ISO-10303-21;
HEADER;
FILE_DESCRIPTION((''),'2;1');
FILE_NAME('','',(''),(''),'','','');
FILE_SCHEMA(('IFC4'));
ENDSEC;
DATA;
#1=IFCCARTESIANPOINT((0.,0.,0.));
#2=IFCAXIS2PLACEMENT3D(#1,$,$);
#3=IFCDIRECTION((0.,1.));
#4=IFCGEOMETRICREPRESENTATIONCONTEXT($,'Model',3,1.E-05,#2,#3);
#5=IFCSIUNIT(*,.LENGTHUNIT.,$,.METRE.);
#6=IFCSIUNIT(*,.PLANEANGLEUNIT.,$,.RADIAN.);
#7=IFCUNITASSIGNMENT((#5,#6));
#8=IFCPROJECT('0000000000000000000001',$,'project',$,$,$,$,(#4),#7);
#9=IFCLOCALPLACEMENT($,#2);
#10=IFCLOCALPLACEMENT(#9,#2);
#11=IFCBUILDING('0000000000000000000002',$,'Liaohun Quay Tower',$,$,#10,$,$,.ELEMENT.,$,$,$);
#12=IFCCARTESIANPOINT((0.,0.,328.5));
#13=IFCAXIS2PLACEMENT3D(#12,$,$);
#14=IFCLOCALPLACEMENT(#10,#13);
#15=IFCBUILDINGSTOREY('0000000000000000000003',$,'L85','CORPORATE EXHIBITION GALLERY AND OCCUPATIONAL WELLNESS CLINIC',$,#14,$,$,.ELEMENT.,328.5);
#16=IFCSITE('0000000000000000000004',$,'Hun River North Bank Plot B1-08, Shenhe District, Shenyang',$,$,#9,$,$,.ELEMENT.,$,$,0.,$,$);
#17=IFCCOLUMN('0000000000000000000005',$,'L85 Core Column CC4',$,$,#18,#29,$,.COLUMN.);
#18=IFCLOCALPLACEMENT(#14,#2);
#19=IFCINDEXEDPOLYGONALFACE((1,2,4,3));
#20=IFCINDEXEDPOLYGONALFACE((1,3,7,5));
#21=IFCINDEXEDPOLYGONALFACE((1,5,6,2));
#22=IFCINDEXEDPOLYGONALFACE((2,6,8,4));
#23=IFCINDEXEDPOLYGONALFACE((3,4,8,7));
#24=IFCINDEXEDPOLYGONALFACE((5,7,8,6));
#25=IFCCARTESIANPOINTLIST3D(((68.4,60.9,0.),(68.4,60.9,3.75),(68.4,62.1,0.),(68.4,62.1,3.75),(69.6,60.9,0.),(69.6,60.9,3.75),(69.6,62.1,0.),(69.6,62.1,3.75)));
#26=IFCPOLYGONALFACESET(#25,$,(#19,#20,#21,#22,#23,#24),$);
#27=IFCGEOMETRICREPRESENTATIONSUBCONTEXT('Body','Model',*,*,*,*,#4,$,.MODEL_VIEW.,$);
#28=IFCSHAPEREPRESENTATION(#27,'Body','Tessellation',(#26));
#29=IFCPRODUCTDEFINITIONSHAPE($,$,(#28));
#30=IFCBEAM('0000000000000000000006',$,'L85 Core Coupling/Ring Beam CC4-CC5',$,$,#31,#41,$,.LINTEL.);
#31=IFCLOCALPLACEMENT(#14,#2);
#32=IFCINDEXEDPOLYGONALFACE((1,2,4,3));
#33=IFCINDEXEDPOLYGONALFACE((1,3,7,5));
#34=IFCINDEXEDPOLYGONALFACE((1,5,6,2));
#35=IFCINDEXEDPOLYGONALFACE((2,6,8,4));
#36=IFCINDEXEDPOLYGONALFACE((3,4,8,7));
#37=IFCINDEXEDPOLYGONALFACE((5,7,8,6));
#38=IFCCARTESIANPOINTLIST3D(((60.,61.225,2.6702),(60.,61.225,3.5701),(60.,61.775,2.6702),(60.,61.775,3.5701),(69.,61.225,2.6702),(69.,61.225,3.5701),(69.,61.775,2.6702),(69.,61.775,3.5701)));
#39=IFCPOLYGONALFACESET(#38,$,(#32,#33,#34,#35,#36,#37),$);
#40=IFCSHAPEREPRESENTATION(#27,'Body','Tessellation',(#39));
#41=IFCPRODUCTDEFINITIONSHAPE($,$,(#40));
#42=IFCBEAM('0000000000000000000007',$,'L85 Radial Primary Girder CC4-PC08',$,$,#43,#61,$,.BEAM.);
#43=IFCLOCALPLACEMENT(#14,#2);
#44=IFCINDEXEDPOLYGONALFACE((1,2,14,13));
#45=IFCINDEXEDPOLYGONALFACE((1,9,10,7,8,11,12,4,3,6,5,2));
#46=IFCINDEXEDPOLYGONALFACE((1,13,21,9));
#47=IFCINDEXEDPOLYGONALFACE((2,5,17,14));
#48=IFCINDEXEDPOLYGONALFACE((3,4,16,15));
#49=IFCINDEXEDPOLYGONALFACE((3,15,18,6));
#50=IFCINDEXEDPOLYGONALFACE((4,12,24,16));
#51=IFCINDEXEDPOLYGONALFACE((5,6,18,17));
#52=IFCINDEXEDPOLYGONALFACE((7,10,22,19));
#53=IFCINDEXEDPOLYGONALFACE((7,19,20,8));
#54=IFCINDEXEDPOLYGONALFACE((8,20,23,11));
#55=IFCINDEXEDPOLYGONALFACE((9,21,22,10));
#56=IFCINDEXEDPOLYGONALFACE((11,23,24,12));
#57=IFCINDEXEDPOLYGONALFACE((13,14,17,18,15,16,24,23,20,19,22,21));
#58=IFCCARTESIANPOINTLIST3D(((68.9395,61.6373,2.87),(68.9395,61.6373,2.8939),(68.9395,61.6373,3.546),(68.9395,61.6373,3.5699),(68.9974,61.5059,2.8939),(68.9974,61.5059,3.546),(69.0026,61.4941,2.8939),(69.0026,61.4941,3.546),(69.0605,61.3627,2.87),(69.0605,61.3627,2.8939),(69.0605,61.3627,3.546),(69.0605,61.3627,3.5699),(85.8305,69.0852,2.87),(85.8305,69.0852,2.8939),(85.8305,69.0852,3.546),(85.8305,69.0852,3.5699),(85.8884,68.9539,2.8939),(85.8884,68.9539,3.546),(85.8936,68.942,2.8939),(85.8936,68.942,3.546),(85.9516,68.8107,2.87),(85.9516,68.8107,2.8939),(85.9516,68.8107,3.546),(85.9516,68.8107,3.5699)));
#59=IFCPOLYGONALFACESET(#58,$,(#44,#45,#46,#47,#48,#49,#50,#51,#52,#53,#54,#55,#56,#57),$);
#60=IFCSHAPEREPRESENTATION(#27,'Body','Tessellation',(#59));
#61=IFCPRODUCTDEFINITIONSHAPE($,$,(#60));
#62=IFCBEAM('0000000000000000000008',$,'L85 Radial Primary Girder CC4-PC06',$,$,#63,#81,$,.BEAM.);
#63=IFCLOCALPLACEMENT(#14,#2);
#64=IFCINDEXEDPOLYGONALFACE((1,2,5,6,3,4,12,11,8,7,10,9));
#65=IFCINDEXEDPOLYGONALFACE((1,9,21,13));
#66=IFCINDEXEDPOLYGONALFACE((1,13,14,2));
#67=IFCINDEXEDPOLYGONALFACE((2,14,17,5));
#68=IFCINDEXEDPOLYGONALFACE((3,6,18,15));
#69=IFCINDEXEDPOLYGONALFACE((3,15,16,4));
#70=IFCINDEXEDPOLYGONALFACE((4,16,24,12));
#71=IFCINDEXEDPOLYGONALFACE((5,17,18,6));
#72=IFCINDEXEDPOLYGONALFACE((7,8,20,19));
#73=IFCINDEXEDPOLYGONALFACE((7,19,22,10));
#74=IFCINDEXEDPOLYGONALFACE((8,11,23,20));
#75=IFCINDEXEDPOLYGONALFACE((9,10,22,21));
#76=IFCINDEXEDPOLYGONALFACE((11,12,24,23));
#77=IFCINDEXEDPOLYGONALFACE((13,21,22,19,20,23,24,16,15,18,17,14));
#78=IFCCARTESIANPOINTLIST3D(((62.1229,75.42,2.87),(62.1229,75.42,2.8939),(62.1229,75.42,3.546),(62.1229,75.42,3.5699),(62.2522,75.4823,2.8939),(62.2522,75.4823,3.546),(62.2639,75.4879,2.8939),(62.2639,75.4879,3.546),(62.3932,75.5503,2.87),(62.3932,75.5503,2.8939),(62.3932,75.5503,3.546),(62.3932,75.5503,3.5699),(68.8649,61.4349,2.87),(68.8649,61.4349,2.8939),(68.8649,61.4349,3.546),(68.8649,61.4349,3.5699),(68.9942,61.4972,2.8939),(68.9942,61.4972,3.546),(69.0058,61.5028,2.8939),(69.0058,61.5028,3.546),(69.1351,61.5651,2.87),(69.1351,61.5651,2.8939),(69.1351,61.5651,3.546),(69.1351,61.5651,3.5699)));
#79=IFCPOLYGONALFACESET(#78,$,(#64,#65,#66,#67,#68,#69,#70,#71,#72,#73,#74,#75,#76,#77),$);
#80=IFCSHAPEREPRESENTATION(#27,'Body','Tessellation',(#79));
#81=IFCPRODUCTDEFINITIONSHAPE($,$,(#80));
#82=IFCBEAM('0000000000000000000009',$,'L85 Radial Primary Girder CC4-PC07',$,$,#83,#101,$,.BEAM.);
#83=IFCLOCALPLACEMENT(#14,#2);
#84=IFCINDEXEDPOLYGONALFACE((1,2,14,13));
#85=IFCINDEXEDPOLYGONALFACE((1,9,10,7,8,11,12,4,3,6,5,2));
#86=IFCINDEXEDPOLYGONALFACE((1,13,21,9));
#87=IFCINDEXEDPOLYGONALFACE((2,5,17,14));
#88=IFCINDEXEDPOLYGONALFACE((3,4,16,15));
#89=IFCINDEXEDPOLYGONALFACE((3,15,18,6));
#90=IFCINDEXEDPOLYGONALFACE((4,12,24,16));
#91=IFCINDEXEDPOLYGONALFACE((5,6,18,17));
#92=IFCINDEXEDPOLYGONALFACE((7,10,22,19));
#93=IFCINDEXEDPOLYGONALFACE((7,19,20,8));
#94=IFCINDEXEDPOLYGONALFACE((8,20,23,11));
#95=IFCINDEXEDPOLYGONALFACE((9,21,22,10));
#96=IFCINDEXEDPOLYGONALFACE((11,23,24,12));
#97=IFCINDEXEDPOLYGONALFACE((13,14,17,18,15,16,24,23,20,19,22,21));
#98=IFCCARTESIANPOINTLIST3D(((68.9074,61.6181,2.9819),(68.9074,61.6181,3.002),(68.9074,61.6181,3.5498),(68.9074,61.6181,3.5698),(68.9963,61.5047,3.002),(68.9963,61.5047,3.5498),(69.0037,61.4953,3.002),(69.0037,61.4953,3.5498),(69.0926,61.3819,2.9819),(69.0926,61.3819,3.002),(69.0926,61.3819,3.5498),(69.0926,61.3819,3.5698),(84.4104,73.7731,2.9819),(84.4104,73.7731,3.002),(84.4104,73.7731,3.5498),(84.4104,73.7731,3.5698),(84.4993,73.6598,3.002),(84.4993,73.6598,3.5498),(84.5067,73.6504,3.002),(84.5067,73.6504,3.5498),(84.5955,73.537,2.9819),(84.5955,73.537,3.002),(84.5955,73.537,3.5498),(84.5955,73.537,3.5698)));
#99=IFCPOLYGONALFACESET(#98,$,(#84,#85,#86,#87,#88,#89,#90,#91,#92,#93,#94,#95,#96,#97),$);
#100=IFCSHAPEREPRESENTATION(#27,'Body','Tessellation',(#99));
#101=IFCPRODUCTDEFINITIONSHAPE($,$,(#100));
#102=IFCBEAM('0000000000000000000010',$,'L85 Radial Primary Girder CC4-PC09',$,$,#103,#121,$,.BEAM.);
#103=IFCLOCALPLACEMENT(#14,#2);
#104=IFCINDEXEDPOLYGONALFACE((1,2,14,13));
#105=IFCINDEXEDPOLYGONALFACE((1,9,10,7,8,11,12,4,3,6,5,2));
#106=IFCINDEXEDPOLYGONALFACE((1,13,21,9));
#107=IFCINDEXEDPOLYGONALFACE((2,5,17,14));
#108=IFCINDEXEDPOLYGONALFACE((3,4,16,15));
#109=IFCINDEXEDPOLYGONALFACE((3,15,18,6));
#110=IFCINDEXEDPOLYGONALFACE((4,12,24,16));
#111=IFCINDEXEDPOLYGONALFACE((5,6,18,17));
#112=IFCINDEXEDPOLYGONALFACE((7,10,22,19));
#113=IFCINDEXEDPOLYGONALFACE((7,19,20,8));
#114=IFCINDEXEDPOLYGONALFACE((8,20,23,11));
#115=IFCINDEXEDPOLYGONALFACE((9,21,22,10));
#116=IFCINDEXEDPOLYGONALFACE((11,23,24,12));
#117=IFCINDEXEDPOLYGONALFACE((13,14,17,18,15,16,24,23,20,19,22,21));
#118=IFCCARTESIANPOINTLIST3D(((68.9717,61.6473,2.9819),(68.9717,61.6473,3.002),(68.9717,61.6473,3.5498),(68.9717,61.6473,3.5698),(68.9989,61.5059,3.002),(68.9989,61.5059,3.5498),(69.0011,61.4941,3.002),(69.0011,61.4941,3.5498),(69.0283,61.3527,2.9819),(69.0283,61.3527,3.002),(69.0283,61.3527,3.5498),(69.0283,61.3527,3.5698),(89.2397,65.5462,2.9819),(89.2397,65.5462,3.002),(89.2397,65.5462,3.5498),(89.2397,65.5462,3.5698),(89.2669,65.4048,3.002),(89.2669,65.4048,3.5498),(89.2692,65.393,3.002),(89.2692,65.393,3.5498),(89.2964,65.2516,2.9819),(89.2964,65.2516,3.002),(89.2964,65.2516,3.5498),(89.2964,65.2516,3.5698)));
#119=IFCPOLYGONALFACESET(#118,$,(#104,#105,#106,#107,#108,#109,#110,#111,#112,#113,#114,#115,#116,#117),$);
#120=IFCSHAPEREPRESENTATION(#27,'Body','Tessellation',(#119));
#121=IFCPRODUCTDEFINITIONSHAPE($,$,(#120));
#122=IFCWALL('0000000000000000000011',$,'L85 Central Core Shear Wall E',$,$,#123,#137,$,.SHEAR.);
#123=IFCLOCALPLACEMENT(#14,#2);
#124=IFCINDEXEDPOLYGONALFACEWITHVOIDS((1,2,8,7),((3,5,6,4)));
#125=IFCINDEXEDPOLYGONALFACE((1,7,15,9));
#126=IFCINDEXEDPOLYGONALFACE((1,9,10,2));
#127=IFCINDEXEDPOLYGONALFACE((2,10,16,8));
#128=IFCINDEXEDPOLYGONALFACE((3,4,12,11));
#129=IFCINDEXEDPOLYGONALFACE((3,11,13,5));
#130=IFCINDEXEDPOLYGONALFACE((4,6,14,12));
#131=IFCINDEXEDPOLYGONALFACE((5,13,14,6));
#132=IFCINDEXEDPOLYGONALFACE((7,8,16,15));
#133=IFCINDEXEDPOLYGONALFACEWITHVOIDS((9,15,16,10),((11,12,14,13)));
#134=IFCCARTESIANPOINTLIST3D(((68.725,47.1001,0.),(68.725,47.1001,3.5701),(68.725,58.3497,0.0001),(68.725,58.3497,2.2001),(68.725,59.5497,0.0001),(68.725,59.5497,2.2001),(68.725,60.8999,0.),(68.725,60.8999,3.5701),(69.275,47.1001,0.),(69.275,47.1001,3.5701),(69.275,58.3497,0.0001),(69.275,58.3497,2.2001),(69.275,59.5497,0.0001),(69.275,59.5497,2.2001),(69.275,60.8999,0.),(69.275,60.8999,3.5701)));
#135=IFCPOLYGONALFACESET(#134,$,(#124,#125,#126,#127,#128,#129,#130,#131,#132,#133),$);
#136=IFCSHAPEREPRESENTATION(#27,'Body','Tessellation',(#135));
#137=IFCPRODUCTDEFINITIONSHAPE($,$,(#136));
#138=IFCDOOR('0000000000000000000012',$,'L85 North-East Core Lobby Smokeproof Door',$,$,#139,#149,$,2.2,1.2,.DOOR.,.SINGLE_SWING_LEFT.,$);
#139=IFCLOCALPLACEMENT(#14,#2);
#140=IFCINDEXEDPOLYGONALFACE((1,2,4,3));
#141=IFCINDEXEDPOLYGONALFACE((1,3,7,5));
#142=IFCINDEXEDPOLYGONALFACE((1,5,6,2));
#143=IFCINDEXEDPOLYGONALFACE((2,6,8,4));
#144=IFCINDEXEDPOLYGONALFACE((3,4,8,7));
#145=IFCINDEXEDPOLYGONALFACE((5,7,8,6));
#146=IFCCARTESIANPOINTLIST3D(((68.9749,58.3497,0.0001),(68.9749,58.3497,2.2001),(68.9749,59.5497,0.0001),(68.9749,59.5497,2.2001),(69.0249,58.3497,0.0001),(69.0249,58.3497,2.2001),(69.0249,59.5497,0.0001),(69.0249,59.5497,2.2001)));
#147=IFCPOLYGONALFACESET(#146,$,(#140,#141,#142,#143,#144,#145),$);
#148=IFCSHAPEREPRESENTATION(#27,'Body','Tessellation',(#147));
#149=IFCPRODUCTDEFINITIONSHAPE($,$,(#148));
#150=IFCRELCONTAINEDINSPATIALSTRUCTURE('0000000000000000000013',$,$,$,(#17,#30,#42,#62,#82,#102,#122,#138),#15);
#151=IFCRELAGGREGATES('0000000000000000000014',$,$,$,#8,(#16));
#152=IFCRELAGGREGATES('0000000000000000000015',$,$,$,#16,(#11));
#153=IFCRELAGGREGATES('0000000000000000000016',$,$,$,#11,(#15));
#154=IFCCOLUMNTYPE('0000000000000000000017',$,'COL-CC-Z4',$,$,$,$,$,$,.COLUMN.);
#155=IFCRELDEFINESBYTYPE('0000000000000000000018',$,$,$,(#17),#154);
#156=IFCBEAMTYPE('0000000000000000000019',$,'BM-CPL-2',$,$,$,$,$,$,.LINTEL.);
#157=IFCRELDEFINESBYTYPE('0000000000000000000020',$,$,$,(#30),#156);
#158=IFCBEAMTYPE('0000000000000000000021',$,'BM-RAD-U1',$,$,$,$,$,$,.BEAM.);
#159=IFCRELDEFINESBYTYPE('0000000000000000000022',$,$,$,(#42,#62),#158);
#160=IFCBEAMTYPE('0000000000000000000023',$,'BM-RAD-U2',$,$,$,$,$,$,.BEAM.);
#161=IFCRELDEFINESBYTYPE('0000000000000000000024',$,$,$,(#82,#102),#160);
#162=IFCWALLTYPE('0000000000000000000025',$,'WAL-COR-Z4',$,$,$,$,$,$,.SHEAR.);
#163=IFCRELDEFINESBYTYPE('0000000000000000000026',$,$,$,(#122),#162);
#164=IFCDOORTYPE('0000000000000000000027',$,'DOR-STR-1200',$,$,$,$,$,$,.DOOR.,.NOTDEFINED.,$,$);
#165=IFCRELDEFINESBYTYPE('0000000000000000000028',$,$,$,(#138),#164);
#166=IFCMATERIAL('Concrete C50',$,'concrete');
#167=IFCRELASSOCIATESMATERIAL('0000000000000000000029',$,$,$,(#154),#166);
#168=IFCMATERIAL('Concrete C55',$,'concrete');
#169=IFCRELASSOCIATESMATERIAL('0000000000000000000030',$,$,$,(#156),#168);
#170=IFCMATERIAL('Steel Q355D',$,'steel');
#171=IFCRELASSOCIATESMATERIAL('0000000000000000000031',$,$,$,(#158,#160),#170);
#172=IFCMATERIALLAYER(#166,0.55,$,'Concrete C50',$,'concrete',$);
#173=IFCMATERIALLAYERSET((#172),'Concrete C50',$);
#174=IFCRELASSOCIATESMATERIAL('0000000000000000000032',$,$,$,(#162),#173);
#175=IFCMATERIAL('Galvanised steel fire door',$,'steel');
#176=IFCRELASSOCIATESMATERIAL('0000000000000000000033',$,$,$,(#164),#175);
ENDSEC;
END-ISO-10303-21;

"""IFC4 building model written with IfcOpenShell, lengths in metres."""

from ifc_helpers import new_model, si_unit, direction, frame, frame_2d, origin, origin_2d, place, context, subcontext, project, spatial, rectangle, i_section, extrude, source, transform, mapped, material, layer, layer_set, material_profile, profile_set, type_object, element, fill, save


model = new_model("IFC4")

# Units and contexts
model_context = context("Model", 3, precision=1e-05, world=origin(), true_north=direction((0.0, 1.0)))
body_context = subcontext(model_context, "Body", "Model", "MODEL_VIEW")
ifc_project = project(units=[si_unit("LENGTHUNIT", "METRE"), si_unit("PLANEANGLEUNIT", "RADIAN")], contexts=[model_context])

# Site, building, storey
site_placement = place(None, origin())
site = spatial("IfcSite", under=ifc_project, at=site_placement, Name="Hun River North Bank Plot B1-08, Shenhe District, Shenyang", CompositionType="ELEMENT", RefElevation=0.0)
building_placement = place(site_placement, origin())
building = spatial("IfcBuilding", under=site, at=building_placement, Name="Liaohun Quay Tower", CompositionType="ELEMENT")
storey_placement = place(building_placement, frame((0.0, 0.0, 328.5)))
storey = spatial("IfcBuildingStorey", under=building, at=storey_placement, Name="L85", Description="CORPORATE EXHIBITION GALLERY AND OCCUPATIONAL WELLNESS CLINIC", CompositionType="ELEMENT", Elevation=328.5)

# Column
ifc_material_1 = material(Name="Concrete C50", Category="concrete")
ifc_material_profile_1 = material_profile(ifc_material_1, rectangle(XDim=1.2, YDim=1.2, at=origin_2d()), Name="RC1200x1200")
ifc_profile_set_1 = profile_set([ifc_material_profile_1], Name="Concrete C50")
column_type = type_object("IfcColumnType", Name="COL-CC-Z4", PredefinedType="COLUMN", material=ifc_profile_set_1)
shared_shape_1 = source(origin(), body_context, "Body", "SweptSolid", [
    extrude(rectangle(XDim=1.2, YDim=1.2, at=origin_2d()), origin(), (0.0, 0.0, 1.0), 3.75),
])
column_placement = place(storey_placement, frame((69.0, 61.5, 0.0), z_axis=(0.0, 0.0, 1.0), x_axis=(1.0, 0.0, 0.0)))
element("IfcColumn", 1, at=column_placement, inside=storey, type_object=column_type, Name="L85 Core Column CC4", PredefinedType="COLUMN", context=body_context, shape_type="MappedRepresentation", body=[
    mapped(shared_shape_1, transform((0.0, 0.0, 0.0), x_axis=(1.0, 0.0, 0.0), y_axis=(0.0, 1.0, 0.0), z_axis=(0.0, 0.0, 1.0), scale=1.0)),
])

# Beams
ifc_material_2 = material(Name="Concrete C55", Category="concrete")
ifc_material_profile_2 = material_profile(ifc_material_2, rectangle(XDim=0.55, YDim=0.8999, at=origin_2d()), Name="RC550x900")
ifc_profile_set_2 = profile_set([ifc_material_profile_2], Name="Concrete C55")
beam_type_1 = type_object("IfcBeamType", Name="BM-CPL-2", PredefinedType="LINTEL", material=ifc_profile_set_2)
shared_shape_2 = source(origin(), body_context, "Body", "SweptSolid", [
    extrude(rectangle(XDim=0.55, YDim=0.8999, at=origin_2d()), origin(), (0.0, 0.0, 1.0), 9.0),
])
beam_1_placement = place(storey_placement, frame((69.0, 61.5, 3.1201), z_axis=(-1.0, 0.0, 0.0), x_axis=(0.0, -1.0, 0.0)))
element("IfcBeam", 2, at=beam_1_placement, inside=storey, type_object=beam_type_1, Name="L85 Core Coupling/Ring Beam CC4-CC5", PredefinedType="LINTEL", context=body_context, shape_type="MappedRepresentation", body=[
    mapped(shared_shape_2, transform((0.0, 0.0, 0.0), x_axis=(1.0, 0.0, 0.0), y_axis=(0.0, 1.0, 0.0), z_axis=(0.0, 0.0, 1.0), scale=1.0)),
])
ifc_material_3 = material(Name="Steel Q355D", Category="steel")
ifc_material_profile_3 = material_profile(ifc_material_3, i_section(OverallWidth=0.3, OverallDepth=0.7, WebThickness=0.0129, FlangeThickness=0.0239, at=origin_2d()), Name="HN700x300x13x24")
ifc_profile_set_3 = profile_set([ifc_material_profile_3], Name="Steel Q355D")
beam_type_2 = type_object("IfcBeamType", Name="BM-RAD-U1", PredefinedType="BEAM", material=ifc_profile_set_3)
shared_shape_3 = source(origin(), body_context, "Body", "SweptSolid", [
    extrude(i_section(OverallWidth=0.3, OverallDepth=0.7, WebThickness=0.0129, FlangeThickness=0.0239, at=origin_2d()), origin(), (0.0, 0.0, 1.0), 18.4602),
])
beam_2_placement = place(storey_placement, frame((69.0, 61.5, 3.22), z_axis=(0.914997, 0.40346, 0.0), x_axis=(-0.40346, 0.914997, 0.0)))
element("IfcBeam", 3, at=beam_2_placement, inside=storey, type_object=beam_type_2, Name="L85 Radial Primary Girder CC4-PC08", PredefinedType="BEAM", context=body_context, shape_type="MappedRepresentation", body=[
    mapped(shared_shape_3, transform((0.0, 0.0, 0.0), x_axis=(1.0, 0.0, 0.0), y_axis=(0.0, 1.0, 0.0), z_axis=(0.0, 0.0, 1.0), scale=1.0)),
])
shared_shape_4 = source(origin(), body_context, "Body", "SweptSolid", [
    extrude(i_section(OverallWidth=0.3, OverallDepth=0.7, WebThickness=0.0129, FlangeThickness=0.0239, at=origin_2d()), origin(), (0.0, 0.0, 1.0), 15.5254),
])
beam_3_placement = place(storey_placement, frame((69.0, 61.5, 3.22), z_axis=(-0.434253, 0.900791, 0.0), x_axis=(-0.900791, -0.434253, 0.0)))
element("IfcBeam", 4, at=beam_3_placement, inside=storey, type_object=beam_type_2, Name="L85 Radial Primary Girder CC4-PC06", PredefinedType="BEAM", context=body_context, shape_type="MappedRepresentation", body=[
    mapped(shared_shape_4, transform((0.0, 0.0, 0.0), x_axis=(1.0, 0.0, 0.0), y_axis=(0.0, 1.0, 0.0), z_axis=(0.0, 0.0, 1.0), scale=1.0)),
])
ifc_material_profile_4 = material_profile(ifc_material_3, i_section(OverallWidth=0.3, OverallDepth=0.5879, WebThickness=0.012, FlangeThickness=0.02, at=origin_2d()), Name="HM588x300x12x20")
ifc_profile_set_4 = profile_set([ifc_material_profile_4], Name="Steel Q355D")
beam_type_3 = type_object("IfcBeamType", Name="BM-RAD-U2", PredefinedType="BEAM", material=ifc_profile_set_4)
shared_shape_5 = source(origin(), body_context, "Body", "SweptSolid", [
    extrude(i_section(OverallWidth=0.3, OverallDepth=0.5879, WebThickness=0.012, FlangeThickness=0.02, at=origin_2d()), origin(), (0.0, 0.0, 1.0), 19.7),
])
beam_4_placement = place(storey_placement, frame((69.0, 61.5, 3.2759), z_axis=(0.786955, 0.61701, 0.0), x_axis=(-0.61701, 0.786955, 0.0)))
element("IfcBeam", 5, at=beam_4_placement, inside=storey, type_object=beam_type_3, Name="L85 Radial Primary Girder CC4-PC07", PredefinedType="BEAM", context=body_context, shape_type="MappedRepresentation", body=[
    mapped(shared_shape_5, transform((0.0, 0.0, 0.0), x_axis=(1.0, 0.0, 0.0), y_axis=(0.0, 1.0, 0.0), z_axis=(0.0, 0.0, 1.0), scale=1.0)),
])
shared_shape_6 = source(origin(), body_context, "Body", "SweptSolid", [
    extrude(i_section(OverallWidth=0.3, OverallDepth=0.5879, WebThickness=0.012, FlangeThickness=0.02, at=origin_2d()), origin(), (0.0, 0.0, 1.0), 20.6396),
])
beam_5_placement = place(storey_placement, frame((69.0, 61.5, 3.2759), z_axis=(0.981995, 0.188904, 0.0), x_axis=(-0.188904, 0.981995, 0.0)))
element("IfcBeam", 6, at=beam_5_placement, inside=storey, type_object=beam_type_3, Name="L85 Radial Primary Girder CC4-PC09", PredefinedType="BEAM", context=body_context, shape_type="MappedRepresentation", body=[
    mapped(shared_shape_6, transform((0.0, 0.0, 0.0), x_axis=(1.0, 0.0, 0.0), y_axis=(0.0, 1.0, 0.0), z_axis=(0.0, 0.0, 1.0), scale=1.0)),
])

# Wall, opening, door
ifc_layer_1 = layer(ifc_material_1, 0.55, Name="Concrete C50", Category="concrete")
ifc_layer_set_1 = layer_set([ifc_layer_1], Name="Concrete C50")
wall_type_1 = type_object("IfcWallType", Name="WAL-COR-Z4", PredefinedType="SHEAR", material=ifc_layer_set_1)
wall_1_placement = place(storey_placement, frame((69.0, 60.8999, 0.0), z_axis=(0.0, 0.0, 1.0), x_axis=(0.0, -1.0, 0.0)))
wall_1 = element("IfcWall", 7, at=wall_1_placement, inside=storey, type_object=wall_type_1, Name="L85 Central Core Shear Wall E", PredefinedType="SHEAR", context=body_context, shape_type="SweptSolid", body=[
    extrude(rectangle(XDim=13.7998, YDim=0.55, at=frame_2d((6.8999, 0.0))), origin(), (0.0, 0.0, 1.0), 3.5701),
])
shared_shape_7 = source(origin(), body_context, "Body", "SweptSolid", [
    extrude(rectangle(XDim=1.2, YDim=2.2, at=frame_2d((0.6001, 1.1001))), frame((0.0, 0.2849, 0.0), z_axis=(0.0, -1.0, 0.0), x_axis=(1.0, 0.0, 0.0)), (0.0, 0.0, 1.0), 0.5701),
])
opening_1_placement = place(wall_1_placement, frame((1.3501, 0.0, 0.0)))
opening_1 = element("IfcOpeningElement", 8, at=opening_1_placement, cuts=wall_1, PredefinedType="OPENING", context=body_context, shape_type="MappedRepresentation", body=[
    mapped(shared_shape_7, transform((0.0, 0.0, 0.0), x_axis=(1.0, 0.0, 0.0), y_axis=(0.0, 1.0, 0.0), z_axis=(0.0, 0.0, 1.0), scale=1.0)),
])
ifc_material_4 = material(Name="Galvanised steel fire door", Category="steel")
door_type_1 = type_object("IfcDoorType", Name="DOR-STR-1200", OperationType="NOTDEFINED", PredefinedType="DOOR", material=ifc_material_4)
shared_shape_8 = source(origin(), body_context, "Body", "SweptSolid", [
    extrude(rectangle(XDim=1.2, YDim=2.2, at=frame_2d((0.6001, 1.1001))), frame((0.0, 0.0249, 0.0), z_axis=(0.0, -1.0, 0.0), x_axis=(1.0, 0.0, 0.0)), (0.0, 0.0, 1.0), 0.05),
])
door_1_placement = place(opening_1_placement, origin())
door_1 = element("IfcDoor", 9, at=door_1_placement, inside=storey, type_object=door_type_1, Name="L85 North-East Core Lobby Smokeproof Door", OperationType="SINGLE_SWING_LEFT", OverallHeight=2.2, OverallWidth=1.2, PredefinedType="DOOR", context=body_context, shape_type="MappedRepresentation", body=[
    mapped(shared_shape_8, transform((0.0, 0.0, 0.0), x_axis=(1.0, 0.0, 0.0), y_axis=(0.0, 1.0, 0.0), z_axis=(0.0, 0.0, 1.0), scale=1.0)),
])
fill(opening_1, door_1)

save(model, "model.ifc")
